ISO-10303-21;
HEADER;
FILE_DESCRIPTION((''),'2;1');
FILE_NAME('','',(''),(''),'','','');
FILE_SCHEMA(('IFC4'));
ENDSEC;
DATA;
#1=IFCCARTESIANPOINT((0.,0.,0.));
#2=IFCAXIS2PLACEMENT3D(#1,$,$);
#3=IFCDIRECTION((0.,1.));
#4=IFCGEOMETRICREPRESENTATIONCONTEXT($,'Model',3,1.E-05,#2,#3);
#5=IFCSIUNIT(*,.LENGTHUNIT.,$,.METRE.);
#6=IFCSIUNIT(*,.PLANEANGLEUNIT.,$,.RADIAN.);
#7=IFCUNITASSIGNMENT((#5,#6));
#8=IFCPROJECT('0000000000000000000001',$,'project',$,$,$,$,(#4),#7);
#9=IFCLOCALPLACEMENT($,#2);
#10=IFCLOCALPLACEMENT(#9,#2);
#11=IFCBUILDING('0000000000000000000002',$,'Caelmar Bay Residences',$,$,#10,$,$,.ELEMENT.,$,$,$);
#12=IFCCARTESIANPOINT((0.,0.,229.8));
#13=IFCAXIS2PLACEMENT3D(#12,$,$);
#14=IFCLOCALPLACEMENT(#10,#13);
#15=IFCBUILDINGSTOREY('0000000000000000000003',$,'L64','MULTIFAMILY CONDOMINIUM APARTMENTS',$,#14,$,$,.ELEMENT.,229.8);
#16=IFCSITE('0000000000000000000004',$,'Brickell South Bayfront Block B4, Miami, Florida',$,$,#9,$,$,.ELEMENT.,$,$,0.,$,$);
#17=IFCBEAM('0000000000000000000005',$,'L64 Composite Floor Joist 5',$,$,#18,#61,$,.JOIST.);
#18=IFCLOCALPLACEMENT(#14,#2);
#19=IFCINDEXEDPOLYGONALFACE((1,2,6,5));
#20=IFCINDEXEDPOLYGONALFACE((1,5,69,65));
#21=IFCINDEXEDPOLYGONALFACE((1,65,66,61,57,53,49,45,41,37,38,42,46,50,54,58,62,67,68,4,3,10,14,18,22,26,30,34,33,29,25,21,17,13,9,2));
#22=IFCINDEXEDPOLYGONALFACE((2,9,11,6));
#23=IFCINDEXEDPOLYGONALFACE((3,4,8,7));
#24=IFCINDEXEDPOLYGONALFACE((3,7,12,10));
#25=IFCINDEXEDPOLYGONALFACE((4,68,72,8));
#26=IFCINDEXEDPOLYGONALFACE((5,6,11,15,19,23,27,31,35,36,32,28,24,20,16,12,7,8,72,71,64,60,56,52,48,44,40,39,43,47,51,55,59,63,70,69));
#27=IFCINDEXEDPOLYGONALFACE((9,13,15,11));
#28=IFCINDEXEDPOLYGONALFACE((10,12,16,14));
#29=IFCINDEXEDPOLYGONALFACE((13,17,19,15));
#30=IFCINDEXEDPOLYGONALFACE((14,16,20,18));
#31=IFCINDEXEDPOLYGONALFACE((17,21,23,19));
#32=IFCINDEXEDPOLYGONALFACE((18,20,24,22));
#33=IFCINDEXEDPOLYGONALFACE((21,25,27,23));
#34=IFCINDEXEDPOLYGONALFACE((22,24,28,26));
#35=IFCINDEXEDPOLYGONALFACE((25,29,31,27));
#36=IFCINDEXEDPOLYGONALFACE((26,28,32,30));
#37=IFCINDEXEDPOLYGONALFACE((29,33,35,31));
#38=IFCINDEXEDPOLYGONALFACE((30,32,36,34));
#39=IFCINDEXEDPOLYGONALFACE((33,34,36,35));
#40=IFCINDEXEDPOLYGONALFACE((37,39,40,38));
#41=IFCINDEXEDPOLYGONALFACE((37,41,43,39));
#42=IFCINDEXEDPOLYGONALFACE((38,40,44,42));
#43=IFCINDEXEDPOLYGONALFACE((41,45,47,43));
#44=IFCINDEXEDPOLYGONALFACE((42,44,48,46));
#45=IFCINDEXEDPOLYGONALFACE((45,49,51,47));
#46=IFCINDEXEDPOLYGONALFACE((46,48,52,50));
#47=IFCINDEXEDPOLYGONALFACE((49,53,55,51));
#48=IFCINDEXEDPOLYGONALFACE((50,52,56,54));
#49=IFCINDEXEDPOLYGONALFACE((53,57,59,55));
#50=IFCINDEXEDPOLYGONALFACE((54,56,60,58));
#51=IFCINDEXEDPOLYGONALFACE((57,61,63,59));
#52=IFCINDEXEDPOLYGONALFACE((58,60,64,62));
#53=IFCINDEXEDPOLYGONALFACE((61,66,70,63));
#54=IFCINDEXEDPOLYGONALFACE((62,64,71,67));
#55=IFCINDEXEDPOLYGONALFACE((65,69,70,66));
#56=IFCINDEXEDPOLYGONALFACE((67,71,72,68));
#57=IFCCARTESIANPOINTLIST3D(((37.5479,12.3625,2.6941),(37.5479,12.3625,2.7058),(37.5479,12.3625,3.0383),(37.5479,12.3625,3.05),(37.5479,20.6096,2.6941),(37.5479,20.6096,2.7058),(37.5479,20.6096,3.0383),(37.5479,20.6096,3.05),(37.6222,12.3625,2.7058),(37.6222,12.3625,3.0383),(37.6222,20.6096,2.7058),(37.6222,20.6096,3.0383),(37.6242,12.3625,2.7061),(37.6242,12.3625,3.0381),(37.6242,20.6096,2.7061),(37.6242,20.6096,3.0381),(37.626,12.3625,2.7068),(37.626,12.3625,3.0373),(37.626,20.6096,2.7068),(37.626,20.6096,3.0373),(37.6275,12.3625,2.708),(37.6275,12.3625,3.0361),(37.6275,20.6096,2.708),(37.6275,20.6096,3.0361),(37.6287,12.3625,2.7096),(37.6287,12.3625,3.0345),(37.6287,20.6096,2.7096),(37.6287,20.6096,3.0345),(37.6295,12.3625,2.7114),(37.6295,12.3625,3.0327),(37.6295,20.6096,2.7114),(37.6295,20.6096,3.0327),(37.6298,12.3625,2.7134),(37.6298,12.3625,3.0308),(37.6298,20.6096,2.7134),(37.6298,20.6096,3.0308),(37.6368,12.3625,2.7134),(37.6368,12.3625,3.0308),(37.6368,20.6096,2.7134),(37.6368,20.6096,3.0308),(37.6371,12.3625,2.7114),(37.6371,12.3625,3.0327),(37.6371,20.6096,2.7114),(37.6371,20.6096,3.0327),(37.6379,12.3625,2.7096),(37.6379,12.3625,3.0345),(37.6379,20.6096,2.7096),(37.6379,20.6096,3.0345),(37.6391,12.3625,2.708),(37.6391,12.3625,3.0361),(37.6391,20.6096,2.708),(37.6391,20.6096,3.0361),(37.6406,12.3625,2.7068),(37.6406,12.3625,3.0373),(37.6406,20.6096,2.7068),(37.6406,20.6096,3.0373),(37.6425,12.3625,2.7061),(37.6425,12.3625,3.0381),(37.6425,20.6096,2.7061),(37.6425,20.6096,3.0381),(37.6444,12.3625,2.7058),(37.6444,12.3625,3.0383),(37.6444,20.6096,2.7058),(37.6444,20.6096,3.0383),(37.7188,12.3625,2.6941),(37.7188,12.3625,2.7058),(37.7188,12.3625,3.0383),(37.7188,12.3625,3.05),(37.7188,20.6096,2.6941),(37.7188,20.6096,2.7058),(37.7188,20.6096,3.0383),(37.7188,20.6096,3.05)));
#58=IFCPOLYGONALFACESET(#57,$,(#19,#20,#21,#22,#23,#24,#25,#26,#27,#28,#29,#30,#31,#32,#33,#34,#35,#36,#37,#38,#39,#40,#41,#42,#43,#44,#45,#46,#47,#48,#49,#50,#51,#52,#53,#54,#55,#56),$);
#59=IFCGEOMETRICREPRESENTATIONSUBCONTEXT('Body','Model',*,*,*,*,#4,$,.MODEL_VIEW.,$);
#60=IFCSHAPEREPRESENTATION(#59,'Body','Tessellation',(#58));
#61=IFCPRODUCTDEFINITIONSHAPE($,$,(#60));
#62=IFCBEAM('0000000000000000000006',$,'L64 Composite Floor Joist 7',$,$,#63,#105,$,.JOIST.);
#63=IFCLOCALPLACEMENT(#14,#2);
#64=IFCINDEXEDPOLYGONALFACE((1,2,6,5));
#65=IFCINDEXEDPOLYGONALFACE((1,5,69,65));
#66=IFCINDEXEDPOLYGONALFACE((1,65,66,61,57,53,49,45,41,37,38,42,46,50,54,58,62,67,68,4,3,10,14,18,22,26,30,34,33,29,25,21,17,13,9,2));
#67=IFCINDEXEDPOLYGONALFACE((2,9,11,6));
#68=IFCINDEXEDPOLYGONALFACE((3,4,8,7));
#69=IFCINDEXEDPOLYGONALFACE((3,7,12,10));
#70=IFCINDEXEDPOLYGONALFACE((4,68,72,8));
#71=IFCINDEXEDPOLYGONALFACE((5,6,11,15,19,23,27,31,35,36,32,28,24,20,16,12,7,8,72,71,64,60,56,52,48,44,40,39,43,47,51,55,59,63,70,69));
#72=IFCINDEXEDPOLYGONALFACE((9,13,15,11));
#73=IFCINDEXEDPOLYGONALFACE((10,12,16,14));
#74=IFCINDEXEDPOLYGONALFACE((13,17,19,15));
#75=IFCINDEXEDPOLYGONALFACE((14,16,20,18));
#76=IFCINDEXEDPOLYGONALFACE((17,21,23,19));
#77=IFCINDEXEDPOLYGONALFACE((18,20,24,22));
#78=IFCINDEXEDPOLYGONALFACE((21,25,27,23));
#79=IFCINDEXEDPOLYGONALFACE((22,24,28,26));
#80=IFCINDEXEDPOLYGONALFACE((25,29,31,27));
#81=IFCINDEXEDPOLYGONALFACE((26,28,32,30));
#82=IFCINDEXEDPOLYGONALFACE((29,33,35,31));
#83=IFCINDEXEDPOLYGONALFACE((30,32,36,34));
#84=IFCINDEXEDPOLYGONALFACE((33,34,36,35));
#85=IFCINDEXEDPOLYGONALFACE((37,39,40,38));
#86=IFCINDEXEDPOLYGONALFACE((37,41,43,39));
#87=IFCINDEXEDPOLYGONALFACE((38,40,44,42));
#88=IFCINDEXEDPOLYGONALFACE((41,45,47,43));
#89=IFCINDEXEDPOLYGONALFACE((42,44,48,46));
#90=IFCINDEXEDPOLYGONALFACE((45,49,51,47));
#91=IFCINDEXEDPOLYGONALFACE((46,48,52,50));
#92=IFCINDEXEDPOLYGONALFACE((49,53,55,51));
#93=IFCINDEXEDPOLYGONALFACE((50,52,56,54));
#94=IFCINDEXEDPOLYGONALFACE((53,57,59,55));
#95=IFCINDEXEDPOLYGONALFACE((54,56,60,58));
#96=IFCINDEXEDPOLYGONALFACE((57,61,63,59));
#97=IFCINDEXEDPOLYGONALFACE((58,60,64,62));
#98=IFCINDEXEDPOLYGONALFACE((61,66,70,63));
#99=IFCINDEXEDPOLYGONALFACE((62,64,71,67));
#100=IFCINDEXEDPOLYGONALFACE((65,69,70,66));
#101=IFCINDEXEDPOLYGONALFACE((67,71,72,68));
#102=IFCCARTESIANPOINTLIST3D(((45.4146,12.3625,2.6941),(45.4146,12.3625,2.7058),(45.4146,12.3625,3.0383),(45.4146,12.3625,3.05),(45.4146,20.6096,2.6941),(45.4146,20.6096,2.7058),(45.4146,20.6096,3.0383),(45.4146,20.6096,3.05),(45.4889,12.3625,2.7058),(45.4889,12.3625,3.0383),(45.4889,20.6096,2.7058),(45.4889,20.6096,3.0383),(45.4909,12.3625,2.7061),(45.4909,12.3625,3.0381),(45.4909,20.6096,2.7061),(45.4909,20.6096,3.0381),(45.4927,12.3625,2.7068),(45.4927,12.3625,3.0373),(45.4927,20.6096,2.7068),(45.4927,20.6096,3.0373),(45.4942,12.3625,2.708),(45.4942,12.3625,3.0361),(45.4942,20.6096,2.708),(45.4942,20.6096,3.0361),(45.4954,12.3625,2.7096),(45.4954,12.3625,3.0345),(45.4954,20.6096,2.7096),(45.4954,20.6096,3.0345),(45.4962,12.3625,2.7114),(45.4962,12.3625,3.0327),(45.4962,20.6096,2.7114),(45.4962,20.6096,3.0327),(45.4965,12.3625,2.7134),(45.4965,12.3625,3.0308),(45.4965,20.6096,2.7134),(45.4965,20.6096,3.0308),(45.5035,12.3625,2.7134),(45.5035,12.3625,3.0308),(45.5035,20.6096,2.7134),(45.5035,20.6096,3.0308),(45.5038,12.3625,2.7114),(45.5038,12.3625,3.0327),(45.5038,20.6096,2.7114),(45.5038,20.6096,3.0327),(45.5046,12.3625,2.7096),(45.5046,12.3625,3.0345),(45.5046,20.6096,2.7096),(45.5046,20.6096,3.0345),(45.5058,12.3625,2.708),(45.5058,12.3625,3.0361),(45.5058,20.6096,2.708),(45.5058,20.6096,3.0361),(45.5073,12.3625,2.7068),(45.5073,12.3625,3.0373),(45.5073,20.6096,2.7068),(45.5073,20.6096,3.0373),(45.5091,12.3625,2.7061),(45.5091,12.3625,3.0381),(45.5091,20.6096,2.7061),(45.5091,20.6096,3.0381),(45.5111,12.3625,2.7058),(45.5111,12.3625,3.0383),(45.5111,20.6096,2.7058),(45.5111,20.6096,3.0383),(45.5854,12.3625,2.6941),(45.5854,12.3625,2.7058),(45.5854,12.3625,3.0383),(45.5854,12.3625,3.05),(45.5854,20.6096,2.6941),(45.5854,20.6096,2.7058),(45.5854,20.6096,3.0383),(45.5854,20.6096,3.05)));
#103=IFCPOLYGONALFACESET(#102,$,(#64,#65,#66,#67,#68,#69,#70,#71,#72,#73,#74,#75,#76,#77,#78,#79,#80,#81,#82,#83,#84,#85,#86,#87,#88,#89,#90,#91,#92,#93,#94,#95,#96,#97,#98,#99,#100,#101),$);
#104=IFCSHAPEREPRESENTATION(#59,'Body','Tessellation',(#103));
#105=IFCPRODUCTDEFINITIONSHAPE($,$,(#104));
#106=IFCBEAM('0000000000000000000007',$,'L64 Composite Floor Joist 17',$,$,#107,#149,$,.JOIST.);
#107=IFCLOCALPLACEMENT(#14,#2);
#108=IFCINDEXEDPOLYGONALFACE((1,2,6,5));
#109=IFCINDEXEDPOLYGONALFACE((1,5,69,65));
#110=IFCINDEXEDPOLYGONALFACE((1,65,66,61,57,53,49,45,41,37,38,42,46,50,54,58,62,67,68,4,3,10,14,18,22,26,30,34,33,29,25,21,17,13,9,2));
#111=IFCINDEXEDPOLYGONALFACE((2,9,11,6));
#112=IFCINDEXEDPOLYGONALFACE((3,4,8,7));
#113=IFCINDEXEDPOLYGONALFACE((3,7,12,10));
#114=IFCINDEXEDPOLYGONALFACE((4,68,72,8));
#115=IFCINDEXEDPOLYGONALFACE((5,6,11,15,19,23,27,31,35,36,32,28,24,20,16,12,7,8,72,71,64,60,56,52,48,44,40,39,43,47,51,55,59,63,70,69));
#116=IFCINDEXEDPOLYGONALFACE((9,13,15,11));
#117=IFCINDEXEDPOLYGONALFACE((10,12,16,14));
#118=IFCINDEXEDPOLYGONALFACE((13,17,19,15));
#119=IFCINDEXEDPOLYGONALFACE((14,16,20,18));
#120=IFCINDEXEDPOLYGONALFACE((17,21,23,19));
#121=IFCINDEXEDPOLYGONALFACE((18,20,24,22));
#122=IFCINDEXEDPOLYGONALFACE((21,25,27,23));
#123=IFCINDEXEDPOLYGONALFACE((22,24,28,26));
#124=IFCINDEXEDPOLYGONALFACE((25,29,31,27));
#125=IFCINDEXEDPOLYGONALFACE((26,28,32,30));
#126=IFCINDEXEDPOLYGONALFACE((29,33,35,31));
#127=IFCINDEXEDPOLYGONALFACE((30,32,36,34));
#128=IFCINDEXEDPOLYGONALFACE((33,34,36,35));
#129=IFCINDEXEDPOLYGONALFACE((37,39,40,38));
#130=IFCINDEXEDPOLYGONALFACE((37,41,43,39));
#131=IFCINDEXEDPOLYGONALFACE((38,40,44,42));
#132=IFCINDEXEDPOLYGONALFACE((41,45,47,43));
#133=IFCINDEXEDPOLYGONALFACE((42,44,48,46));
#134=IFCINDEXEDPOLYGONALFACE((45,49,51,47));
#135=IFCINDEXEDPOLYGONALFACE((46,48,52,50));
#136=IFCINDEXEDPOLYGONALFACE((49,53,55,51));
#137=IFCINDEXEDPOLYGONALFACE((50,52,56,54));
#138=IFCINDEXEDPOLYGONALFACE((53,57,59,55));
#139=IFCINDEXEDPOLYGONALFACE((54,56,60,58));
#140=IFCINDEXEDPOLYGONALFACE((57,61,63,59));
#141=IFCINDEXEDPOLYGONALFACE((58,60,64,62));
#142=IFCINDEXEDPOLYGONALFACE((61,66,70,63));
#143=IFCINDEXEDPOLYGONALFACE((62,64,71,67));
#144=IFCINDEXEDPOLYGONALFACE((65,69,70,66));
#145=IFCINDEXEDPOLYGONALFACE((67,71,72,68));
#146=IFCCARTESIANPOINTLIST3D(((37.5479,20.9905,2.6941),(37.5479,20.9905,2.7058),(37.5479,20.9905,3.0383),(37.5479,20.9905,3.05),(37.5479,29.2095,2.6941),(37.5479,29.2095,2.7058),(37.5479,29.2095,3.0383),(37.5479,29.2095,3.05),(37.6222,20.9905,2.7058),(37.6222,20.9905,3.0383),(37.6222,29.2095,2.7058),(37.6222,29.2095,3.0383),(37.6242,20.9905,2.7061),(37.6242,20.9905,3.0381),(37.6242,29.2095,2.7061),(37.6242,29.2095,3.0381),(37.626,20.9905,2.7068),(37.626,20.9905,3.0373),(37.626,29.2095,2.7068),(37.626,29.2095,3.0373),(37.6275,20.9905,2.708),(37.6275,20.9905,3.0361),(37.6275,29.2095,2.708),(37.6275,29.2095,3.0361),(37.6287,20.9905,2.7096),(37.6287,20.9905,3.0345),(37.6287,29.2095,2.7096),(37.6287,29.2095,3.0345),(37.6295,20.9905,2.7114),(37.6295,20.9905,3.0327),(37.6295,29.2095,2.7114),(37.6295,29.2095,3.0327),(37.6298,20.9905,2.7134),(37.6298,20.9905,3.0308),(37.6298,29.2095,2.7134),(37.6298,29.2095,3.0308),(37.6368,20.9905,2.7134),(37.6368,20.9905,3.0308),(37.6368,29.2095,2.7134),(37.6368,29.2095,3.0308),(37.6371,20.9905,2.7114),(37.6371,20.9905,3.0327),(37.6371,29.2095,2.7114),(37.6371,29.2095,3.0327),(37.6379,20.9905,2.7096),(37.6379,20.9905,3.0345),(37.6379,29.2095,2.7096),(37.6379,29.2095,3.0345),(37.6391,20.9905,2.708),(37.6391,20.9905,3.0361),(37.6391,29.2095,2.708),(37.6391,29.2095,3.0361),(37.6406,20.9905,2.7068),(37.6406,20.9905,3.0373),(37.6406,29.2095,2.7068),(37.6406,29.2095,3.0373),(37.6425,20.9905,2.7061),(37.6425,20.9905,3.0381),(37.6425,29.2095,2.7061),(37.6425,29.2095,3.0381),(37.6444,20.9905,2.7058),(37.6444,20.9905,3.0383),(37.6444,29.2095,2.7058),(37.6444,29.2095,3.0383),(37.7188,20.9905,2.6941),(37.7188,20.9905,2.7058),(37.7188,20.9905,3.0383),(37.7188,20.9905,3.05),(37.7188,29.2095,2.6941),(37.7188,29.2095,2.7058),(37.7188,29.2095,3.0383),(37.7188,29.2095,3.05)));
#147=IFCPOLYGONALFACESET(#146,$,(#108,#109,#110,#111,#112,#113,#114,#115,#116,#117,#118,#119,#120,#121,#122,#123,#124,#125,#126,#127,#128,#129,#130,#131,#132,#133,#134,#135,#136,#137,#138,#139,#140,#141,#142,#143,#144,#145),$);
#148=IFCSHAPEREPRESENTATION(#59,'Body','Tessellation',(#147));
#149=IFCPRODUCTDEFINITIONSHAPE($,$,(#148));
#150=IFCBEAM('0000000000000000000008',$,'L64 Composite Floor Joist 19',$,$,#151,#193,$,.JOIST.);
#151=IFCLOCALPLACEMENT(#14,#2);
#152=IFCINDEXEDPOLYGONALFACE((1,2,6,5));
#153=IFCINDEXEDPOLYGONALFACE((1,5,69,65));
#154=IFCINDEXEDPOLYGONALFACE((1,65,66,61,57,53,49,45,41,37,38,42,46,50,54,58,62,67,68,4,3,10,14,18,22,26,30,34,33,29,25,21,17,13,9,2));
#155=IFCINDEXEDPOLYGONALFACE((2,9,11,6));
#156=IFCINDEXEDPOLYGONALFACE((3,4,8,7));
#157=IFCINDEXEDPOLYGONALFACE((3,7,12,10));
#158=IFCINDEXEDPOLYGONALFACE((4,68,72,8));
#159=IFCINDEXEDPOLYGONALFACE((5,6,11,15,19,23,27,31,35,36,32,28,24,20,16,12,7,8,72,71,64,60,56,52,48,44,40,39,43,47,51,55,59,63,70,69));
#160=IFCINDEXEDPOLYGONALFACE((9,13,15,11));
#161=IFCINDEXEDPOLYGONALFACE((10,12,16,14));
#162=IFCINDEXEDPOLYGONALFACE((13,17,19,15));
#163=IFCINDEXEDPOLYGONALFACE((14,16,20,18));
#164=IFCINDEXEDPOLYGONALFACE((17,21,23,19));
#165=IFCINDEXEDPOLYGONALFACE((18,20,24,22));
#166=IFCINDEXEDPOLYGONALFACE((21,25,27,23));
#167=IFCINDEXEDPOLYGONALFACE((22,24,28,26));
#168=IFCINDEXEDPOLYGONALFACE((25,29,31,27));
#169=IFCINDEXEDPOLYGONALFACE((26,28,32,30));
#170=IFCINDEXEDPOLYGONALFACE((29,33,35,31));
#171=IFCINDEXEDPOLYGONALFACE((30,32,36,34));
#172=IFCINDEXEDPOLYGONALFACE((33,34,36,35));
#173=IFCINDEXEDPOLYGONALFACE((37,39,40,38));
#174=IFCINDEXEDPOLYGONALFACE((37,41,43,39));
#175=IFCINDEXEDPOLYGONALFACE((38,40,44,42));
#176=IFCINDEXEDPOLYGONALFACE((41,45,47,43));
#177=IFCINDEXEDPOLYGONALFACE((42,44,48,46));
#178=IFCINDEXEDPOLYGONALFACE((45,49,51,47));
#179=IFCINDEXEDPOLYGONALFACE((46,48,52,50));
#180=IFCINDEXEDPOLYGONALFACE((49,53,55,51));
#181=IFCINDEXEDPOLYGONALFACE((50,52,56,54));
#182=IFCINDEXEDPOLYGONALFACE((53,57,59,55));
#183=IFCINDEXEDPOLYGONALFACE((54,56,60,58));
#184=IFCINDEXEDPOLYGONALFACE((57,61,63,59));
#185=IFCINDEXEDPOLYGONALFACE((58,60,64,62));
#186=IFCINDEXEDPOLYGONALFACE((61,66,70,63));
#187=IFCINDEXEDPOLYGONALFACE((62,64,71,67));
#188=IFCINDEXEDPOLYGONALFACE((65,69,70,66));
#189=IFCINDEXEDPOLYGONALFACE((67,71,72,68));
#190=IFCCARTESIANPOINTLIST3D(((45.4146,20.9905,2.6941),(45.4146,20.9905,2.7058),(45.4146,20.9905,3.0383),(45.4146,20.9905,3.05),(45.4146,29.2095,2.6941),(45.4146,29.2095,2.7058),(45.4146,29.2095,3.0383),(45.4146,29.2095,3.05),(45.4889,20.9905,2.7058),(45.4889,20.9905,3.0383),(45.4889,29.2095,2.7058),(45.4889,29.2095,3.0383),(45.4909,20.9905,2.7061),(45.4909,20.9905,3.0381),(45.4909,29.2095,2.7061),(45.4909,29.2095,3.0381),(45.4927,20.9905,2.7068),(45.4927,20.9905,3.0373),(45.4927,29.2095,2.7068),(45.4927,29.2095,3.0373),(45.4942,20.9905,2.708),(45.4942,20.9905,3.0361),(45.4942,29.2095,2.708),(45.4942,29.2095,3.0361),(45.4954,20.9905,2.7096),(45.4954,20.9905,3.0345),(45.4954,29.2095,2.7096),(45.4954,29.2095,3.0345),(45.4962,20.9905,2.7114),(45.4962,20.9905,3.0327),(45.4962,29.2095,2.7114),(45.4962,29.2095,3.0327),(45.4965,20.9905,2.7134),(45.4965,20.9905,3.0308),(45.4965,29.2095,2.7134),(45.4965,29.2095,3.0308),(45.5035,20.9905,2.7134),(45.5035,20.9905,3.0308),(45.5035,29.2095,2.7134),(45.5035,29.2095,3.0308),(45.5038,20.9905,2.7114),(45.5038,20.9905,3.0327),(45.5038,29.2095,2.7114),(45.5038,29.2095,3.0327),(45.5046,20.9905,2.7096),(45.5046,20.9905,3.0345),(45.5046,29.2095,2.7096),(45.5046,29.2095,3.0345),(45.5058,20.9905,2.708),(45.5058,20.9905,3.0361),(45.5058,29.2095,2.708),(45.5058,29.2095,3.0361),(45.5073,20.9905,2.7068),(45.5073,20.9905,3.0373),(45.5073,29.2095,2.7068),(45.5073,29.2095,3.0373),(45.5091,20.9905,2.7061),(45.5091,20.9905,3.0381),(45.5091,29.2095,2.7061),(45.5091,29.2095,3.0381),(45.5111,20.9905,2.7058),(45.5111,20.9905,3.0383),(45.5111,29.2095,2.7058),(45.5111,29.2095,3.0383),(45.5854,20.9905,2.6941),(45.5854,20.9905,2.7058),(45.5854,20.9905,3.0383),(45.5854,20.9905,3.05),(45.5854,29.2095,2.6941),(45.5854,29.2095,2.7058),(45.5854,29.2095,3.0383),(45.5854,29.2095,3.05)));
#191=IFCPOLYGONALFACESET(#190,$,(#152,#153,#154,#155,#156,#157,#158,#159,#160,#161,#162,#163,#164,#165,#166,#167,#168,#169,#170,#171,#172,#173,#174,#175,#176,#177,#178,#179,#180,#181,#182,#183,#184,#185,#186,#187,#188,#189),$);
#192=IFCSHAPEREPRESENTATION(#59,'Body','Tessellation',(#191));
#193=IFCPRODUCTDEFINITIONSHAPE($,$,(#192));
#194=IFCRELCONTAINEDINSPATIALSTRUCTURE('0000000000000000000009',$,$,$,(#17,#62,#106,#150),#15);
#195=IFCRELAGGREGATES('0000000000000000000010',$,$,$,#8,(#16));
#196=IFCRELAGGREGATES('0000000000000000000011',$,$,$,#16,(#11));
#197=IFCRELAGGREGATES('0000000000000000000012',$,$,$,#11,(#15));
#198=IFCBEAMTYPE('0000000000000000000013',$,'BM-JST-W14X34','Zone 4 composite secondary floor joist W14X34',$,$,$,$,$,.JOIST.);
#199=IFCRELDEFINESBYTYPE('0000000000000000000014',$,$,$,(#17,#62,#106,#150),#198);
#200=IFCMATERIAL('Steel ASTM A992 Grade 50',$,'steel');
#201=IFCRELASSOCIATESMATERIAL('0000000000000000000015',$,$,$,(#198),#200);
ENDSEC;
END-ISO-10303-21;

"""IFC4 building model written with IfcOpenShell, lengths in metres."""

from ifc_helpers import new_model, si_unit, direction, frame, origin, origin_2d, place, context, subcontext, project, spatial, i_section, extrude, material, material_profile, profile_set, type_object, element, save


model = new_model("IFC4")

# Units and contexts
model_context = context("Model", 3, precision=1e-05, world=origin(), true_north=direction((0.0, 1.0)))
body_context = subcontext(model_context, "Body", "Model", "MODEL_VIEW")
ifc_project = project(units=[si_unit("LENGTHUNIT", "METRE"), si_unit("PLANEANGLEUNIT", "RADIAN")], contexts=[model_context])

# Site, building, storey
site_placement = place(None, origin())
site = spatial("IfcSite", under=ifc_project, at=site_placement, Name="Brickell South Bayfront Block B4, Miami, Florida", CompositionType="ELEMENT", RefElevation=0.0)
building_placement = place(site_placement, origin())
building = spatial("IfcBuilding", under=site, at=building_placement, Name="Caelmar Bay Residences", CompositionType="ELEMENT")
storey_placement = place(building_placement, frame((0.0, 0.0, 229.8)))
storey = spatial("IfcBuildingStorey", under=building, at=storey_placement, Name="L64", Description="MULTIFAMILY CONDOMINIUM APARTMENTS", CompositionType="ELEMENT", Elevation=229.8)

# Beams
ifc_material_1 = material(Name="Steel ASTM A992 Grade 50", Category="steel")
ifc_material_profile_1 = material_profile(ifc_material_1, i_section(OverallWidth=0.1709, OverallDepth=0.356, WebThickness=0.0071, FlangeThickness=0.0117, FilletRadius=0.0076, at=origin_2d()), Name="W14X34")
ifc_profile_set_1 = profile_set([ifc_material_profile_1], Name="Steel ASTM A992 Grade 50")
beam_type_1 = type_object("IfcBeamType", Name="BM-JST-W14X34", Description="Zone 4 composite secondary floor joist W14X34", PredefinedType="JOIST", material=ifc_profile_set_1)
for number, where, z_axis, x_axis, name in (
    (1, (37.6333, 12.3625, 2.8721), (0.0, 1.0, 0.0), (-1.0, 0.0, 0.0), "L64 Composite Floor Joist 5"),
    (2, (45.5, 12.3625, 2.8721), (0.0, 1.0, 0.0), (-1.0, 0.0, 0.0), "L64 Composite Floor Joist 7"),
):
    element("IfcBeam", number, at=place(storey_placement, frame(where, z_axis=z_axis, x_axis=x_axis)), inside=storey, type_object=beam_type_1, Name=name, PredefinedType="JOIST", context=body_context, shape_type="SweptSolid", body=[
        extrude(i_section(OverallWidth=0.1709, OverallDepth=0.356, WebThickness=0.0071, FlangeThickness=0.0117, FilletRadius=0.0076, at=origin_2d()), origin(), (0.0, 0.0, 1.0), 8.2471),
    ])
for number, where, z_axis, x_axis, name in (
    (3, (37.6333, 20.9905, 2.8721), (0.0, 1.0, 0.0), (-1.0, 0.0, 0.0), "L64 Composite Floor Joist 17"),
    (4, (45.5, 20.9905, 2.8721), (0.0, 1.0, 0.0), (-1.0, 0.0, 0.0), "L64 Composite Floor Joist 19"),
):
    element("IfcBeam", number, at=place(storey_placement, frame(where, z_axis=z_axis, x_axis=x_axis)), inside=storey, type_object=beam_type_1, Name=name, PredefinedType="JOIST", context=body_context, shape_type="SweptSolid", body=[
        extrude(i_section(OverallWidth=0.1709, OverallDepth=0.356, WebThickness=0.0071, FlangeThickness=0.0117, FilletRadius=0.0076, at=origin_2d()), origin(), (0.0, 0.0, 1.0), 8.219),
    ])

save(model, "model.ifc")
